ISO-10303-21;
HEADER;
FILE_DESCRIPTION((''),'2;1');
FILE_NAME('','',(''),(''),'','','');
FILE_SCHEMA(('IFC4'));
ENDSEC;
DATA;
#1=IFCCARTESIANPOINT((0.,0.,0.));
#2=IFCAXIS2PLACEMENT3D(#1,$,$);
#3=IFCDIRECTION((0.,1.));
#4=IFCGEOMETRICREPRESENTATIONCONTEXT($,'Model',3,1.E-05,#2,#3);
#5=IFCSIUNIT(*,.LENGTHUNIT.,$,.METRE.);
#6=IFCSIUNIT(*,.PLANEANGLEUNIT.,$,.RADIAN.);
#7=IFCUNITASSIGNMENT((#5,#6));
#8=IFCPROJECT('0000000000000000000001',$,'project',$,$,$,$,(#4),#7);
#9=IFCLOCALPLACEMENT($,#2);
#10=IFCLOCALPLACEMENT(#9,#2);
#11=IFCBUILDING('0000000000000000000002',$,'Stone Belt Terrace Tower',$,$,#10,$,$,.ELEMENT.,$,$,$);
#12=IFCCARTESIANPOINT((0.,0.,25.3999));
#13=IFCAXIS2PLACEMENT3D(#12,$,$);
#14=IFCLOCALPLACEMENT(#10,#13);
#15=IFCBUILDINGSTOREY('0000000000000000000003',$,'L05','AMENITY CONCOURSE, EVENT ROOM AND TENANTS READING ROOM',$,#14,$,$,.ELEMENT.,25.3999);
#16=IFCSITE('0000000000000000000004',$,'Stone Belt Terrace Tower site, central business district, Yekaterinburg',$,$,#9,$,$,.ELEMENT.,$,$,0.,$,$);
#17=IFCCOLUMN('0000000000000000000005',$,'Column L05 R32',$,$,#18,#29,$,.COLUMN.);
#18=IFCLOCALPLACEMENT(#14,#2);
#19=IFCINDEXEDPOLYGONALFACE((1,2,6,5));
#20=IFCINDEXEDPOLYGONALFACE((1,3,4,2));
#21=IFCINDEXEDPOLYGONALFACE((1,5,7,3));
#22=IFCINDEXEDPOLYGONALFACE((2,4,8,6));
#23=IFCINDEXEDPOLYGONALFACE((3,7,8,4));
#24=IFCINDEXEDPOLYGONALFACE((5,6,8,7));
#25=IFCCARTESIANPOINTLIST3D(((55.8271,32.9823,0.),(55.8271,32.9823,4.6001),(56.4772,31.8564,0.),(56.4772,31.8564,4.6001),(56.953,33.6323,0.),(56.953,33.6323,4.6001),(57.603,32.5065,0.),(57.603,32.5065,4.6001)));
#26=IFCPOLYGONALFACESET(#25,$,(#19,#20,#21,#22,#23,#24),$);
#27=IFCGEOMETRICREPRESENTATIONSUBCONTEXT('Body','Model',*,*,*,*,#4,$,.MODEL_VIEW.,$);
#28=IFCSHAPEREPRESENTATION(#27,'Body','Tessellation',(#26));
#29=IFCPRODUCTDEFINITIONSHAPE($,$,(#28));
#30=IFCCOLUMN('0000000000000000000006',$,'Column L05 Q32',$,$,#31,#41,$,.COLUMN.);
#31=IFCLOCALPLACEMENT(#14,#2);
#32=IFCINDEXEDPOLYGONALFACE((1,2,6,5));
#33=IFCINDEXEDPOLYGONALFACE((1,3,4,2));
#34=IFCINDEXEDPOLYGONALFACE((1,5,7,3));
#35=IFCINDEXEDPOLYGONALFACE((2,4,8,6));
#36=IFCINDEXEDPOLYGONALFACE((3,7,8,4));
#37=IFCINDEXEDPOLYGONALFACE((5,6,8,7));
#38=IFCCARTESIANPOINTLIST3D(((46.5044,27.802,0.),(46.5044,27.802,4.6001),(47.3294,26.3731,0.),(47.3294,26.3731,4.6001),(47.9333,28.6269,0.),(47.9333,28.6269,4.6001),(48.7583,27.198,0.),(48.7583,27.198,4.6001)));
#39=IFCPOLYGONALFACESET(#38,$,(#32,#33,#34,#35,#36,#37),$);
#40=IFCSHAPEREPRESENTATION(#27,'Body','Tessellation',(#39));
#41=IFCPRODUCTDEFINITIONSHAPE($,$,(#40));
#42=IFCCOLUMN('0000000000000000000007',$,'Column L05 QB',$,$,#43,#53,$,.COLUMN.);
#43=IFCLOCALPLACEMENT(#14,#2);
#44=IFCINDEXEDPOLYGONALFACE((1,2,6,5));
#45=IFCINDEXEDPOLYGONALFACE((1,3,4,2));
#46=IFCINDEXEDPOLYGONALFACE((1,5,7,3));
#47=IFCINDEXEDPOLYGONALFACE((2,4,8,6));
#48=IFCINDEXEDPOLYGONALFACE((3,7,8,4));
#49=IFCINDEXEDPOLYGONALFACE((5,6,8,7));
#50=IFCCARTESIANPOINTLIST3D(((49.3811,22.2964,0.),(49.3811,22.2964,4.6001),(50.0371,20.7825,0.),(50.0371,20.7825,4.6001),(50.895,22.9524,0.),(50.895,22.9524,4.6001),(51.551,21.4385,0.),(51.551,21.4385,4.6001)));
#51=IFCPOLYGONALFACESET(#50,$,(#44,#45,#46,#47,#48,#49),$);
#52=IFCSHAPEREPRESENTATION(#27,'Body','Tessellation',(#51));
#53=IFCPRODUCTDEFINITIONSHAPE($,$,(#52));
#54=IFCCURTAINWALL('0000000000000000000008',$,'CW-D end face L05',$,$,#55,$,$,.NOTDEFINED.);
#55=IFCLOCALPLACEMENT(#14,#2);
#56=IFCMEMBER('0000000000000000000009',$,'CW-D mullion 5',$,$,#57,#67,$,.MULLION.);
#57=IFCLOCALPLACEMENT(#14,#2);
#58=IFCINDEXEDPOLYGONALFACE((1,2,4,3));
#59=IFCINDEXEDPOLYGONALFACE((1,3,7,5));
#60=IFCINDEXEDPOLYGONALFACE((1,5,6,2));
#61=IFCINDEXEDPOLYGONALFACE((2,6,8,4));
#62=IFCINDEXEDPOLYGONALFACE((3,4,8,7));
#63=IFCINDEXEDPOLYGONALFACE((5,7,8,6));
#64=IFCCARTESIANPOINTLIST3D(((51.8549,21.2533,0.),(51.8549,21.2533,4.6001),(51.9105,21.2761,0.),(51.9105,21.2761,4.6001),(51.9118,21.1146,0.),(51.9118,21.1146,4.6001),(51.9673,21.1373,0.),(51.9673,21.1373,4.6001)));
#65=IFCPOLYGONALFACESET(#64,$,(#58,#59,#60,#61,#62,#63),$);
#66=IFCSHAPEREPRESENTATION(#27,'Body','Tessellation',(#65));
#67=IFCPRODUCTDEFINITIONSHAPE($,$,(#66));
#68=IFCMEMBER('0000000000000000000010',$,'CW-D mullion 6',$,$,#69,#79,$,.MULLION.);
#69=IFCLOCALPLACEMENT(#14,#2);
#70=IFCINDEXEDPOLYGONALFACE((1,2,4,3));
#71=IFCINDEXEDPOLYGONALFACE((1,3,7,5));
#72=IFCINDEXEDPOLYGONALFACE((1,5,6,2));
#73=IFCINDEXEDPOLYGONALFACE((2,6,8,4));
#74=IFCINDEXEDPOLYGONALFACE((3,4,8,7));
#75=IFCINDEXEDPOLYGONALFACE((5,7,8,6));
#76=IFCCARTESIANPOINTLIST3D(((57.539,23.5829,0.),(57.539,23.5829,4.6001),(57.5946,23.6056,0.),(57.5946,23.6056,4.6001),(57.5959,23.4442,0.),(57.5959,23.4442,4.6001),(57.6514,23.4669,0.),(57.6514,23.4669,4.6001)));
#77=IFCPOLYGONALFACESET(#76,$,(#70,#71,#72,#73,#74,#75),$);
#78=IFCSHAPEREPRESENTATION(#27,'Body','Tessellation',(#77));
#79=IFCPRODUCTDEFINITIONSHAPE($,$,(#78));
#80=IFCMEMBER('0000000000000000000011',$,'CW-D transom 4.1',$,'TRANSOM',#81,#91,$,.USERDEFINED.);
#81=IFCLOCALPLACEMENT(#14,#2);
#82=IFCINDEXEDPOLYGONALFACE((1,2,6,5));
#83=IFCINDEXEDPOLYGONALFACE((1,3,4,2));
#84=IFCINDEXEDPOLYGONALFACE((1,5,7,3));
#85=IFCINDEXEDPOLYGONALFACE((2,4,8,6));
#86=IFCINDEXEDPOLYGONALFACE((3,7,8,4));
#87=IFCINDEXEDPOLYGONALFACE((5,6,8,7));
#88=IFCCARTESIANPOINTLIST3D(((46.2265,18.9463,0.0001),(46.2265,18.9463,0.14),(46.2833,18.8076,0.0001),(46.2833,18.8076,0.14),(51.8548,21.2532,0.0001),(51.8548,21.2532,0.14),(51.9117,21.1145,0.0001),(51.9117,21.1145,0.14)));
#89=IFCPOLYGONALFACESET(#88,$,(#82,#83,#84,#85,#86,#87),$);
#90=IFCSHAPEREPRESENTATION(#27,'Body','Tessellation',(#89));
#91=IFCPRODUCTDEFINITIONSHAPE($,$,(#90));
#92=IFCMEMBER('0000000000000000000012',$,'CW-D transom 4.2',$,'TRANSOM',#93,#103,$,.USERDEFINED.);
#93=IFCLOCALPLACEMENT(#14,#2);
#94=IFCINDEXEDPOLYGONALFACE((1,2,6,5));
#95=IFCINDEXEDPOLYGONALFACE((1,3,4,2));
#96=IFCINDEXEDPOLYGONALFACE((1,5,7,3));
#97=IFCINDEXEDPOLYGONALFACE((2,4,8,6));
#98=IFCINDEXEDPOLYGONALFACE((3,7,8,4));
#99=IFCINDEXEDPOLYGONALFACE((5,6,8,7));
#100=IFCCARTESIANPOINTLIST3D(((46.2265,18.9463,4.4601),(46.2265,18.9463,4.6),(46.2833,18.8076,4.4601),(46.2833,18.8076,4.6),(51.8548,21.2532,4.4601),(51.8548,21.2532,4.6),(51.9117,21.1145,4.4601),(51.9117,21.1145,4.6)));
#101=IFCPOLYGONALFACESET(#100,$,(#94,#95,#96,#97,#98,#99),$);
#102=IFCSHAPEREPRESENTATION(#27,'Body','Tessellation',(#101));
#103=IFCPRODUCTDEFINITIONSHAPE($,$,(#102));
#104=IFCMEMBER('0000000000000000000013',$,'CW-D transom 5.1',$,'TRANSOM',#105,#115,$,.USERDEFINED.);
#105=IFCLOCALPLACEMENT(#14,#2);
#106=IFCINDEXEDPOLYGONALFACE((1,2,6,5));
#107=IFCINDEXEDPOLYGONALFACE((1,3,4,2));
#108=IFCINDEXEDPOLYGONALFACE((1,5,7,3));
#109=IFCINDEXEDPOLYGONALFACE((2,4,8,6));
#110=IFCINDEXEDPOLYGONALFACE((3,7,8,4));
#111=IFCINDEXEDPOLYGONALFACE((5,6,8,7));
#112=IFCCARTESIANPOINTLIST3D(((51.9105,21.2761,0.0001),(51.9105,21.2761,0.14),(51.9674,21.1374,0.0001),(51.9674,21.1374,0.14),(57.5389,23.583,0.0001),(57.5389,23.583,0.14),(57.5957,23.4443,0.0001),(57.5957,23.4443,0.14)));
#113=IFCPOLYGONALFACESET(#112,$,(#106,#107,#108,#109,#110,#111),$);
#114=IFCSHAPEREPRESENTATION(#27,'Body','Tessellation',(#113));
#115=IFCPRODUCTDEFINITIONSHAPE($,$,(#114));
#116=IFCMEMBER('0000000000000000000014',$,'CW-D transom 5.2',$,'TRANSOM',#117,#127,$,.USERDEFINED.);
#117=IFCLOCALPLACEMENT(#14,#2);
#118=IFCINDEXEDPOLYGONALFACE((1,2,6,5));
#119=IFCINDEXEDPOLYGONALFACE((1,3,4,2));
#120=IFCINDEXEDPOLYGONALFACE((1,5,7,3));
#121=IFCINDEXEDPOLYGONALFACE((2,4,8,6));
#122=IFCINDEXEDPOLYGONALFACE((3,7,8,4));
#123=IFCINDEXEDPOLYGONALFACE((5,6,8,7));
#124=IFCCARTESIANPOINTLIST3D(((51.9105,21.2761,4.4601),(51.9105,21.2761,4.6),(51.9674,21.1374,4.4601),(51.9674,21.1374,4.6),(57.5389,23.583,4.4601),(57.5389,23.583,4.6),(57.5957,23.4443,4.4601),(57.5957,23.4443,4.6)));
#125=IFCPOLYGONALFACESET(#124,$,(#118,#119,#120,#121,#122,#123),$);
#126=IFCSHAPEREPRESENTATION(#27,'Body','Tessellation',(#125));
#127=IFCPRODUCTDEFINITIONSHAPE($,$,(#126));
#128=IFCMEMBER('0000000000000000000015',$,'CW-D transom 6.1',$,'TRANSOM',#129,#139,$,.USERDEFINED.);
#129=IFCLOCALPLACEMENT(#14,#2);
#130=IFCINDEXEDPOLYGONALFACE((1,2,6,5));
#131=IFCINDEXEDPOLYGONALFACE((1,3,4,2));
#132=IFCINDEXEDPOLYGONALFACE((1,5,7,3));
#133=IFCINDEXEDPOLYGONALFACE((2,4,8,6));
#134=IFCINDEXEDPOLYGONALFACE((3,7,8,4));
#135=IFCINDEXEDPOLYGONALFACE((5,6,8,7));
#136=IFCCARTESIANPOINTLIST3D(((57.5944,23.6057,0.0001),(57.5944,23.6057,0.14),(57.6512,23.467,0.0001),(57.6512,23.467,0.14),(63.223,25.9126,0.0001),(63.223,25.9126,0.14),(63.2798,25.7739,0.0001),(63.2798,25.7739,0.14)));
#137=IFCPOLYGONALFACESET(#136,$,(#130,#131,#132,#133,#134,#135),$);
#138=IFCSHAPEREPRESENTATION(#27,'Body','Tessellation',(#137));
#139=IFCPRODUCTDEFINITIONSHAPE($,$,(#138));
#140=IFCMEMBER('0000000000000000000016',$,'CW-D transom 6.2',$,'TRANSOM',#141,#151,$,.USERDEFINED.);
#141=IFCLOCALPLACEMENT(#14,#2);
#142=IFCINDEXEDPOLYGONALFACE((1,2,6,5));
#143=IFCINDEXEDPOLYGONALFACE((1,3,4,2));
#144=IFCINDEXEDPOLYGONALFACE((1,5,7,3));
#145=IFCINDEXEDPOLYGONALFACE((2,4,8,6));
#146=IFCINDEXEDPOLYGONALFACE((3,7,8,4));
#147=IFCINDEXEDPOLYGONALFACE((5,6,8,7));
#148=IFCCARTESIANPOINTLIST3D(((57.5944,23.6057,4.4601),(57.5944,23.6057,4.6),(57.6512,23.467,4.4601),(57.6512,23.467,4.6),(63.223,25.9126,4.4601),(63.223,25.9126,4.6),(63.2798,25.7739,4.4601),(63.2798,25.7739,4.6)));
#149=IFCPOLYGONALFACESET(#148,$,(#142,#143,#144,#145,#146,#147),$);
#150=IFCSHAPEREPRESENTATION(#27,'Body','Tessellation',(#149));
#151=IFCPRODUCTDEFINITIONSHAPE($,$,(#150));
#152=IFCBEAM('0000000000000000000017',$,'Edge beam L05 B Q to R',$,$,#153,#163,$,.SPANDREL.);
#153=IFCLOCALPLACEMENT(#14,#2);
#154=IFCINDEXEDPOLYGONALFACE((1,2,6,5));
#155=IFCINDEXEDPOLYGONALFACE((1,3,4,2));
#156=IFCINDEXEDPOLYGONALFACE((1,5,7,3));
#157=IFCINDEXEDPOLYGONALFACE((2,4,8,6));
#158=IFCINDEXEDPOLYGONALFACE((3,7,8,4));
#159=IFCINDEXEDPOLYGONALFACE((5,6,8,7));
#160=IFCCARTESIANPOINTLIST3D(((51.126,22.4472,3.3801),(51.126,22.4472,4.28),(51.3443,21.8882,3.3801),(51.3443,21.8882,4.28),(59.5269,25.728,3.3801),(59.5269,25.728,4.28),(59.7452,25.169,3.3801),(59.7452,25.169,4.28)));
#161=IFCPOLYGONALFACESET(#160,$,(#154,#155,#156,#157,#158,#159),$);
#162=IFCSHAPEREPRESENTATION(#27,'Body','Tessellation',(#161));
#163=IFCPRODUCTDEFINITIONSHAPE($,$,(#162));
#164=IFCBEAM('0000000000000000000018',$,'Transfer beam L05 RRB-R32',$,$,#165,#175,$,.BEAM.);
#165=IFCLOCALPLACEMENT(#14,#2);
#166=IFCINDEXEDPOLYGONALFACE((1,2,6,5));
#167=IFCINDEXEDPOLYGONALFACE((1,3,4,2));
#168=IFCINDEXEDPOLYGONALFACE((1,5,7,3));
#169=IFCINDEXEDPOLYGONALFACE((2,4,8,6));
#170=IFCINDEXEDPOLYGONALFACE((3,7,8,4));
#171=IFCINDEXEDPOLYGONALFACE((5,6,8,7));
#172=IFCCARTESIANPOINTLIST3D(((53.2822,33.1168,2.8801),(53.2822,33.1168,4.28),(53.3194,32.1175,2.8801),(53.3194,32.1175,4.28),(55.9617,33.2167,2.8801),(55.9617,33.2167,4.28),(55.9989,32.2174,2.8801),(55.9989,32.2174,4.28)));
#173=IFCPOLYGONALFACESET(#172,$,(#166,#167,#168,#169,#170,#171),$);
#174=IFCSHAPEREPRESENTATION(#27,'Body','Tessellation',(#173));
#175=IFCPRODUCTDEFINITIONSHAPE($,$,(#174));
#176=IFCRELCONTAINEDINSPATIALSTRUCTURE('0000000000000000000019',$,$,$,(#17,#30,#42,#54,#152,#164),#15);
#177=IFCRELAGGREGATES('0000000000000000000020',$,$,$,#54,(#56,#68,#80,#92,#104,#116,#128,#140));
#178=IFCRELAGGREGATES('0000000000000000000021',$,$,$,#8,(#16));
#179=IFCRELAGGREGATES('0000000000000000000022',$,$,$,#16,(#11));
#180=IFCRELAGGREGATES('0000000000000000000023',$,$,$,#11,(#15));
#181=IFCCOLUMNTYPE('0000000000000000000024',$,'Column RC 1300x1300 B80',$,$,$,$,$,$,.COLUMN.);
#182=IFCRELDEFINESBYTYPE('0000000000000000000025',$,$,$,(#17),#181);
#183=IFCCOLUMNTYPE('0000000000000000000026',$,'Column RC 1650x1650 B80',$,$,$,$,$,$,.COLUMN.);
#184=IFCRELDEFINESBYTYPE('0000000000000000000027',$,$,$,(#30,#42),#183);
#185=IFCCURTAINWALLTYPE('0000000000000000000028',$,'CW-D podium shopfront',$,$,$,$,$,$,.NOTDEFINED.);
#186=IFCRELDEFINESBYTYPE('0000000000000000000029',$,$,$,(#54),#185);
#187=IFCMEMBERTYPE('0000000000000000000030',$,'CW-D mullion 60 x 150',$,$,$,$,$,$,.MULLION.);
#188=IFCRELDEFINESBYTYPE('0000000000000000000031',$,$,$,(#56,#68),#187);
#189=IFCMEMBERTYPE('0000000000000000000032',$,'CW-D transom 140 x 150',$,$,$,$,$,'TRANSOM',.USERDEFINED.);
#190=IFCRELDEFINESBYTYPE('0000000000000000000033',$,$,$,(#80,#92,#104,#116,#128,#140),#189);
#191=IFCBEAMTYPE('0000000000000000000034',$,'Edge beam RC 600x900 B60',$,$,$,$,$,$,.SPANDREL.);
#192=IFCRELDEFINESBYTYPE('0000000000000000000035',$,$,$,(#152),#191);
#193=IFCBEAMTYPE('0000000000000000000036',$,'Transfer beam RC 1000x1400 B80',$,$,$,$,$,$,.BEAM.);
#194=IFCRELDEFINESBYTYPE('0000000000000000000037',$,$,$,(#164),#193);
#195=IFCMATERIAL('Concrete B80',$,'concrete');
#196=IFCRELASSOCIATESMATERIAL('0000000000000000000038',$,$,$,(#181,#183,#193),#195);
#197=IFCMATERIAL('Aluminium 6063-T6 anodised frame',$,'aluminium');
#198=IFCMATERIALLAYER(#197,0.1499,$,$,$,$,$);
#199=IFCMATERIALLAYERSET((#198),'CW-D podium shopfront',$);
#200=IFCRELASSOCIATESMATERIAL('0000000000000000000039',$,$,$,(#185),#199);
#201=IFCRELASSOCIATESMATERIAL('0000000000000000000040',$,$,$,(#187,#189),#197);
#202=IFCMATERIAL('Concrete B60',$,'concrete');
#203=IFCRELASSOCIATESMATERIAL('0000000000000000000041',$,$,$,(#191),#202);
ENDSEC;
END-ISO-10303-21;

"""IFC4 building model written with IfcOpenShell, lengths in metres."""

from ifc_helpers import new_model, si_unit, direction, frame, origin, origin_2d, place, context, subcontext, project, spatial, rectangle, extrude, material, layer, layer_set, material_profile, profile_set, type_object, element, aggregate, save


model = new_model("IFC4")

# Units and contexts
model_context = context("Model", 3, precision=1e-05, world=origin(), true_north=direction((0.0, 1.0)))
body_context = subcontext(model_context, "Body", "Model", "MODEL_VIEW")
ifc_project = project(units=[si_unit("LENGTHUNIT", "METRE"), si_unit("PLANEANGLEUNIT", "RADIAN")], contexts=[model_context])

# Site, building, storey
site_placement = place(None, origin())
site = spatial("IfcSite", under=ifc_project, at=site_placement, Name="Stone Belt Terrace Tower site, central business district, Yekaterinburg", CompositionType="ELEMENT", RefElevation=0.0)
building_placement = place(site_placement, origin())
building = spatial("IfcBuilding", under=site, at=building_placement, Name="Stone Belt Terrace Tower", CompositionType="ELEMENT")
storey_placement = place(building_placement, frame((0.0, 0.0, 25.3999)))
storey = spatial("IfcBuildingStorey", under=building, at=storey_placement, Name="L05", Description="AMENITY CONCOURSE, EVENT ROOM AND TENANTS READING ROOM", CompositionType="ELEMENT", Elevation=25.3999)

# Columns
ifc_material_1 = material(Name="Concrete B80", Category="concrete")
ifc_material_profile_1 = material_profile(ifc_material_1, rectangle(XDim=1.3, YDim=1.3, at=origin_2d()), Name="RC 1300x1300")
ifc_profile_set_1 = profile_set([ifc_material_profile_1], Name="Concrete B80")
column_type_1 = type_object("IfcColumnType", Name="Column RC 1300x1300 B80", PredefinedType="COLUMN", material=ifc_profile_set_1)
column_placement = place(storey_placement, frame((56.7151, 32.7444, 0.0), z_axis=(0.0, 0.0, 1.0), x_axis=(0.5, -0.866025, 0.0)))
element("IfcColumn", 1, at=column_placement, inside=storey, type_object=column_type_1, Name="Column L05 R32", PredefinedType="COLUMN", context=body_context, shape_type="SweptSolid", body=[
    extrude(rectangle(XDim=1.3, YDim=1.3, at=origin_2d()), origin(), (0.0, 0.0, 1.0), 4.6001),
])
ifc_material_profile_2 = material_profile(ifc_material_1, rectangle(XDim=1.6499, YDim=1.6499, at=origin_2d()), Name="RC 1650x1650")
ifc_profile_set_2 = profile_set([ifc_material_profile_2], Name="Concrete B80")
column_type_2 = type_object("IfcColumnType", Name="Column RC 1650x1650 B80", PredefinedType="COLUMN", material=ifc_profile_set_2)
for number, where, z_axis, x_axis, name in (
    (2, (47.6313, 27.5, 0.0), (0.0, 0.0, 1.0), (0.5, -0.866025, 0.0), "Column L05 Q32"),
    (3, (50.4661, 21.8674, 0.0), (0.0, 0.0, 1.0), (0.397588, -0.917564, 0.0), "Column L05 QB"),
):
    element("IfcColumn", number, at=place(storey_placement, frame(where, z_axis=z_axis, x_axis=x_axis)), inside=storey, type_object=column_type_2, Name=name, PredefinedType="COLUMN", context=body_context, shape_type="SweptSolid", body=[
        extrude(rectangle(XDim=1.6499, YDim=1.6499, at=origin_2d()), origin(), (0.0, 0.0, 1.0), 4.6001),
    ])

# Curtain wall, members
ifc_material_2 = material(Name="Aluminium 6063-T6 anodised frame", Category="aluminium")
ifc_layer_1 = layer(ifc_material_2, 0.1499)
ifc_layer_set_1 = layer_set([ifc_layer_1], Name="CW-D podium shopfront")
curtain_wall_type = type_object("IfcCurtainWallType", Name="CW-D podium shopfront", PredefinedType="NOTDEFINED", material=ifc_layer_set_1)
curtain_wall_placement = place(storey_placement, origin())
curtain_wall = element("IfcCurtainWall", 4, at=curtain_wall_placement, inside=storey, type_object=curtain_wall_type, Name="CW-D end face L05", PredefinedType="NOTDEFINED")
ifc_material_profile_3 = material_profile(ifc_material_2, rectangle(XDim=0.1499, YDim=0.0601, at=origin_2d()), Name="Aluminium 6063-T6 60x150")
ifc_profile_set_3 = profile_set([ifc_material_profile_3], Name="Aluminium 6063-T6 anodised frame")
member_type_1 = type_object("IfcMemberType", Name="CW-D mullion 60 x 150", PredefinedType="MULLION", material=ifc_profile_set_3)
member_1_placement = place(storey_placement, frame((51.9111, 21.1953, 0.0), z_axis=(0.0, 0.0, 1.0), x_axis=(-0.379243, 0.925297, 0.0)))
member_1 = element("IfcMember", 5, at=member_1_placement, type_object=member_type_1, Name="CW-D mullion 5", PredefinedType="MULLION", context=body_context, shape_type="SweptSolid", body=[
    extrude(rectangle(XDim=0.1499, YDim=0.0601, at=origin_2d()), origin(), (0.0, 0.0, 1.0), 4.6001),
])
member_2_placement = place(storey_placement, frame((57.5952, 23.5249, 0.0), z_axis=(0.0, 0.0, 1.0), x_axis=(-0.379243, 0.925297, 0.0)))
member_2 = element("IfcMember", 6, at=member_2_placement, type_object=member_type_1, Name="CW-D mullion 6", PredefinedType="MULLION", context=body_context, shape_type="SweptSolid", body=[
    extrude(rectangle(XDim=0.1499, YDim=0.0601, at=origin_2d()), origin(), (0.0, 0.0, 1.0), 4.6001),
])
ifc_material_profile_4 = material_profile(ifc_material_2, rectangle(XDim=0.1499, YDim=0.1399, at=origin_2d()), Name="Aluminium 6063-T6 150x140")
ifc_profile_set_4 = profile_set([ifc_material_profile_4], Name="Aluminium 6063-T6 anodised frame")
member_type_2 = type_object("IfcMemberType", Name="CW-D transom 140 x 150", ElementType="TRANSOM", PredefinedType="USERDEFINED", material=ifc_profile_set_4)
member_3_placement = place(storey_placement, frame((46.2549, 18.877, 0.0701), z_axis=(0.925296, 0.379245, 0.0), x_axis=(-0.379245, 0.925296, 0.0)))
member_3 = element("IfcMember", 7, at=member_3_placement, type_object=member_type_2, Name="CW-D transom 4.1", ObjectType="TRANSOM", PredefinedType="USERDEFINED", context=body_context, shape_type="SweptSolid", body=[
    extrude(rectangle(XDim=0.1499, YDim=0.1399, at=origin_2d()), origin(), (0.0, 0.0, 1.0), 6.0828),
])
member_4_placement = place(storey_placement, frame((46.2549, 18.877, 4.53), z_axis=(0.925296, 0.379245, 0.0), x_axis=(-0.379245, 0.925296, 0.0)))
member_4 = element("IfcMember", 8, at=member_4_placement, type_object=member_type_2, Name="CW-D transom 4.2", ObjectType="TRANSOM", PredefinedType="USERDEFINED", context=body_context, shape_type="SweptSolid", body=[
    extrude(rectangle(XDim=0.1499, YDim=0.1399, at=origin_2d()), origin(), (0.0, 0.0, 1.0), 6.0828),
])
member_5_placement = place(storey_placement, frame((51.939, 21.2068, 0.0701), z_axis=(0.925296, 0.379245, 0.0), x_axis=(-0.379245, 0.925296, 0.0)))
member_5 = element("IfcMember", 9, at=member_5_placement, type_object=member_type_2, Name="CW-D transom 5.1", ObjectType="TRANSOM", PredefinedType="USERDEFINED", context=body_context, shape_type="SweptSolid", body=[
    extrude(rectangle(XDim=0.1499, YDim=0.1399, at=origin_2d()), origin(), (0.0, 0.0, 1.0), 6.0828),
])
member_6_placement = place(storey_placement, frame((51.939, 21.2068, 4.53), z_axis=(0.925296, 0.379245, 0.0), x_axis=(-0.379245, 0.925296, 0.0)))
member_6 = element("IfcMember", 10, at=member_6_placement, type_object=member_type_2, Name="CW-D transom 5.2", ObjectType="TRANSOM", PredefinedType="USERDEFINED", context=body_context, shape_type="SweptSolid", body=[
    extrude(rectangle(XDim=0.1499, YDim=0.1399, at=origin_2d()), origin(), (0.0, 0.0, 1.0), 6.0828),
])
member_7_placement = place(storey_placement, frame((57.6228, 23.5364, 0.0701), z_axis=(0.925302, 0.379231, 0.0), x_axis=(-0.379231, 0.925302, 0.0)))
member_7 = element("IfcMember", 11, at=member_7_placement, type_object=member_type_2, Name="CW-D transom 6.1", ObjectType="TRANSOM", PredefinedType="USERDEFINED", context=body_context, shape_type="SweptSolid", body=[
    extrude(rectangle(XDim=0.1499, YDim=0.1399, at=origin_2d()), origin(), (0.0, 0.0, 1.0), 6.083),
])
member_8_placement = place(storey_placement, frame((57.6228, 23.5364, 4.53), z_axis=(0.925302, 0.379231, 0.0), x_axis=(-0.379231, 0.925302, 0.0)))
member_8 = element("IfcMember", 12, at=member_8_placement, type_object=member_type_2, Name="CW-D transom 6.2", ObjectType="TRANSOM", PredefinedType="USERDEFINED", context=body_context, shape_type="SweptSolid", body=[
    extrude(rectangle(XDim=0.1499, YDim=0.1399, at=origin_2d()), origin(), (0.0, 0.0, 1.0), 6.083),
])

# Beams
ifc_material_3 = material(Name="Concrete B60", Category="concrete")
ifc_material_profile_5 = material_profile(ifc_material_3, rectangle(XDim=0.6001, YDim=0.8999, at=origin_2d()), Name="RC 600x900")
ifc_profile_set_5 = profile_set([ifc_material_profile_5], Name="Concrete B60")
beam_type_1 = type_object("IfcBeamType", Name="Edge beam RC 600x900 B60", PredefinedType="SPANDREL", material=ifc_profile_set_5)
beam_1_placement = place(storey_placement, frame((51.2351, 22.1677, 3.8301), z_axis=(0.931489, 0.363771, 0.0), x_axis=(-0.363771, 0.931489, 0.0)))
element("IfcBeam", 13, at=beam_1_placement, inside=storey, type_object=beam_type_1, Name="Edge beam L05 B Q to R", PredefinedType="SPANDREL", context=body_context, shape_type="SweptSolid", body=[
    extrude(rectangle(XDim=0.6001, YDim=0.8999, at=origin_2d()), origin(), (0.0, 0.0, 1.0), 9.0188),
])
ifc_material_profile_6 = material_profile(ifc_material_1, rectangle(XDim=1.0, YDim=1.3999, at=origin_2d()), Name="RC 1000x1400")
ifc_profile_set_6 = profile_set([ifc_material_profile_6], Name="Concrete B80")
beam_type_2 = type_object("IfcBeamType", Name="Transfer beam RC 1000x1400 B80", PredefinedType="BEAM", material=ifc_profile_set_6)
beam_2_placement = place(storey_placement, frame((53.3008, 32.6172, 3.5801), z_axis=(0.999306, 0.037241, 0.0), x_axis=(-0.037241, 0.999306, 0.0)))
element("IfcBeam", 14, at=beam_2_placement, inside=storey, type_object=beam_type_2, Name="Transfer beam L05 RRB-R32", PredefinedType="BEAM", context=body_context, shape_type="SweptSolid", body=[
    extrude(rectangle(XDim=1.0, YDim=1.3999, at=origin_2d()), origin(), (0.0, 0.0, 1.0), 2.6814),
])

aggregate(curtain_wall, [member_1, member_2, member_3, member_4, member_5, member_6, member_7, member_8])

save(model, "model.ifc")
